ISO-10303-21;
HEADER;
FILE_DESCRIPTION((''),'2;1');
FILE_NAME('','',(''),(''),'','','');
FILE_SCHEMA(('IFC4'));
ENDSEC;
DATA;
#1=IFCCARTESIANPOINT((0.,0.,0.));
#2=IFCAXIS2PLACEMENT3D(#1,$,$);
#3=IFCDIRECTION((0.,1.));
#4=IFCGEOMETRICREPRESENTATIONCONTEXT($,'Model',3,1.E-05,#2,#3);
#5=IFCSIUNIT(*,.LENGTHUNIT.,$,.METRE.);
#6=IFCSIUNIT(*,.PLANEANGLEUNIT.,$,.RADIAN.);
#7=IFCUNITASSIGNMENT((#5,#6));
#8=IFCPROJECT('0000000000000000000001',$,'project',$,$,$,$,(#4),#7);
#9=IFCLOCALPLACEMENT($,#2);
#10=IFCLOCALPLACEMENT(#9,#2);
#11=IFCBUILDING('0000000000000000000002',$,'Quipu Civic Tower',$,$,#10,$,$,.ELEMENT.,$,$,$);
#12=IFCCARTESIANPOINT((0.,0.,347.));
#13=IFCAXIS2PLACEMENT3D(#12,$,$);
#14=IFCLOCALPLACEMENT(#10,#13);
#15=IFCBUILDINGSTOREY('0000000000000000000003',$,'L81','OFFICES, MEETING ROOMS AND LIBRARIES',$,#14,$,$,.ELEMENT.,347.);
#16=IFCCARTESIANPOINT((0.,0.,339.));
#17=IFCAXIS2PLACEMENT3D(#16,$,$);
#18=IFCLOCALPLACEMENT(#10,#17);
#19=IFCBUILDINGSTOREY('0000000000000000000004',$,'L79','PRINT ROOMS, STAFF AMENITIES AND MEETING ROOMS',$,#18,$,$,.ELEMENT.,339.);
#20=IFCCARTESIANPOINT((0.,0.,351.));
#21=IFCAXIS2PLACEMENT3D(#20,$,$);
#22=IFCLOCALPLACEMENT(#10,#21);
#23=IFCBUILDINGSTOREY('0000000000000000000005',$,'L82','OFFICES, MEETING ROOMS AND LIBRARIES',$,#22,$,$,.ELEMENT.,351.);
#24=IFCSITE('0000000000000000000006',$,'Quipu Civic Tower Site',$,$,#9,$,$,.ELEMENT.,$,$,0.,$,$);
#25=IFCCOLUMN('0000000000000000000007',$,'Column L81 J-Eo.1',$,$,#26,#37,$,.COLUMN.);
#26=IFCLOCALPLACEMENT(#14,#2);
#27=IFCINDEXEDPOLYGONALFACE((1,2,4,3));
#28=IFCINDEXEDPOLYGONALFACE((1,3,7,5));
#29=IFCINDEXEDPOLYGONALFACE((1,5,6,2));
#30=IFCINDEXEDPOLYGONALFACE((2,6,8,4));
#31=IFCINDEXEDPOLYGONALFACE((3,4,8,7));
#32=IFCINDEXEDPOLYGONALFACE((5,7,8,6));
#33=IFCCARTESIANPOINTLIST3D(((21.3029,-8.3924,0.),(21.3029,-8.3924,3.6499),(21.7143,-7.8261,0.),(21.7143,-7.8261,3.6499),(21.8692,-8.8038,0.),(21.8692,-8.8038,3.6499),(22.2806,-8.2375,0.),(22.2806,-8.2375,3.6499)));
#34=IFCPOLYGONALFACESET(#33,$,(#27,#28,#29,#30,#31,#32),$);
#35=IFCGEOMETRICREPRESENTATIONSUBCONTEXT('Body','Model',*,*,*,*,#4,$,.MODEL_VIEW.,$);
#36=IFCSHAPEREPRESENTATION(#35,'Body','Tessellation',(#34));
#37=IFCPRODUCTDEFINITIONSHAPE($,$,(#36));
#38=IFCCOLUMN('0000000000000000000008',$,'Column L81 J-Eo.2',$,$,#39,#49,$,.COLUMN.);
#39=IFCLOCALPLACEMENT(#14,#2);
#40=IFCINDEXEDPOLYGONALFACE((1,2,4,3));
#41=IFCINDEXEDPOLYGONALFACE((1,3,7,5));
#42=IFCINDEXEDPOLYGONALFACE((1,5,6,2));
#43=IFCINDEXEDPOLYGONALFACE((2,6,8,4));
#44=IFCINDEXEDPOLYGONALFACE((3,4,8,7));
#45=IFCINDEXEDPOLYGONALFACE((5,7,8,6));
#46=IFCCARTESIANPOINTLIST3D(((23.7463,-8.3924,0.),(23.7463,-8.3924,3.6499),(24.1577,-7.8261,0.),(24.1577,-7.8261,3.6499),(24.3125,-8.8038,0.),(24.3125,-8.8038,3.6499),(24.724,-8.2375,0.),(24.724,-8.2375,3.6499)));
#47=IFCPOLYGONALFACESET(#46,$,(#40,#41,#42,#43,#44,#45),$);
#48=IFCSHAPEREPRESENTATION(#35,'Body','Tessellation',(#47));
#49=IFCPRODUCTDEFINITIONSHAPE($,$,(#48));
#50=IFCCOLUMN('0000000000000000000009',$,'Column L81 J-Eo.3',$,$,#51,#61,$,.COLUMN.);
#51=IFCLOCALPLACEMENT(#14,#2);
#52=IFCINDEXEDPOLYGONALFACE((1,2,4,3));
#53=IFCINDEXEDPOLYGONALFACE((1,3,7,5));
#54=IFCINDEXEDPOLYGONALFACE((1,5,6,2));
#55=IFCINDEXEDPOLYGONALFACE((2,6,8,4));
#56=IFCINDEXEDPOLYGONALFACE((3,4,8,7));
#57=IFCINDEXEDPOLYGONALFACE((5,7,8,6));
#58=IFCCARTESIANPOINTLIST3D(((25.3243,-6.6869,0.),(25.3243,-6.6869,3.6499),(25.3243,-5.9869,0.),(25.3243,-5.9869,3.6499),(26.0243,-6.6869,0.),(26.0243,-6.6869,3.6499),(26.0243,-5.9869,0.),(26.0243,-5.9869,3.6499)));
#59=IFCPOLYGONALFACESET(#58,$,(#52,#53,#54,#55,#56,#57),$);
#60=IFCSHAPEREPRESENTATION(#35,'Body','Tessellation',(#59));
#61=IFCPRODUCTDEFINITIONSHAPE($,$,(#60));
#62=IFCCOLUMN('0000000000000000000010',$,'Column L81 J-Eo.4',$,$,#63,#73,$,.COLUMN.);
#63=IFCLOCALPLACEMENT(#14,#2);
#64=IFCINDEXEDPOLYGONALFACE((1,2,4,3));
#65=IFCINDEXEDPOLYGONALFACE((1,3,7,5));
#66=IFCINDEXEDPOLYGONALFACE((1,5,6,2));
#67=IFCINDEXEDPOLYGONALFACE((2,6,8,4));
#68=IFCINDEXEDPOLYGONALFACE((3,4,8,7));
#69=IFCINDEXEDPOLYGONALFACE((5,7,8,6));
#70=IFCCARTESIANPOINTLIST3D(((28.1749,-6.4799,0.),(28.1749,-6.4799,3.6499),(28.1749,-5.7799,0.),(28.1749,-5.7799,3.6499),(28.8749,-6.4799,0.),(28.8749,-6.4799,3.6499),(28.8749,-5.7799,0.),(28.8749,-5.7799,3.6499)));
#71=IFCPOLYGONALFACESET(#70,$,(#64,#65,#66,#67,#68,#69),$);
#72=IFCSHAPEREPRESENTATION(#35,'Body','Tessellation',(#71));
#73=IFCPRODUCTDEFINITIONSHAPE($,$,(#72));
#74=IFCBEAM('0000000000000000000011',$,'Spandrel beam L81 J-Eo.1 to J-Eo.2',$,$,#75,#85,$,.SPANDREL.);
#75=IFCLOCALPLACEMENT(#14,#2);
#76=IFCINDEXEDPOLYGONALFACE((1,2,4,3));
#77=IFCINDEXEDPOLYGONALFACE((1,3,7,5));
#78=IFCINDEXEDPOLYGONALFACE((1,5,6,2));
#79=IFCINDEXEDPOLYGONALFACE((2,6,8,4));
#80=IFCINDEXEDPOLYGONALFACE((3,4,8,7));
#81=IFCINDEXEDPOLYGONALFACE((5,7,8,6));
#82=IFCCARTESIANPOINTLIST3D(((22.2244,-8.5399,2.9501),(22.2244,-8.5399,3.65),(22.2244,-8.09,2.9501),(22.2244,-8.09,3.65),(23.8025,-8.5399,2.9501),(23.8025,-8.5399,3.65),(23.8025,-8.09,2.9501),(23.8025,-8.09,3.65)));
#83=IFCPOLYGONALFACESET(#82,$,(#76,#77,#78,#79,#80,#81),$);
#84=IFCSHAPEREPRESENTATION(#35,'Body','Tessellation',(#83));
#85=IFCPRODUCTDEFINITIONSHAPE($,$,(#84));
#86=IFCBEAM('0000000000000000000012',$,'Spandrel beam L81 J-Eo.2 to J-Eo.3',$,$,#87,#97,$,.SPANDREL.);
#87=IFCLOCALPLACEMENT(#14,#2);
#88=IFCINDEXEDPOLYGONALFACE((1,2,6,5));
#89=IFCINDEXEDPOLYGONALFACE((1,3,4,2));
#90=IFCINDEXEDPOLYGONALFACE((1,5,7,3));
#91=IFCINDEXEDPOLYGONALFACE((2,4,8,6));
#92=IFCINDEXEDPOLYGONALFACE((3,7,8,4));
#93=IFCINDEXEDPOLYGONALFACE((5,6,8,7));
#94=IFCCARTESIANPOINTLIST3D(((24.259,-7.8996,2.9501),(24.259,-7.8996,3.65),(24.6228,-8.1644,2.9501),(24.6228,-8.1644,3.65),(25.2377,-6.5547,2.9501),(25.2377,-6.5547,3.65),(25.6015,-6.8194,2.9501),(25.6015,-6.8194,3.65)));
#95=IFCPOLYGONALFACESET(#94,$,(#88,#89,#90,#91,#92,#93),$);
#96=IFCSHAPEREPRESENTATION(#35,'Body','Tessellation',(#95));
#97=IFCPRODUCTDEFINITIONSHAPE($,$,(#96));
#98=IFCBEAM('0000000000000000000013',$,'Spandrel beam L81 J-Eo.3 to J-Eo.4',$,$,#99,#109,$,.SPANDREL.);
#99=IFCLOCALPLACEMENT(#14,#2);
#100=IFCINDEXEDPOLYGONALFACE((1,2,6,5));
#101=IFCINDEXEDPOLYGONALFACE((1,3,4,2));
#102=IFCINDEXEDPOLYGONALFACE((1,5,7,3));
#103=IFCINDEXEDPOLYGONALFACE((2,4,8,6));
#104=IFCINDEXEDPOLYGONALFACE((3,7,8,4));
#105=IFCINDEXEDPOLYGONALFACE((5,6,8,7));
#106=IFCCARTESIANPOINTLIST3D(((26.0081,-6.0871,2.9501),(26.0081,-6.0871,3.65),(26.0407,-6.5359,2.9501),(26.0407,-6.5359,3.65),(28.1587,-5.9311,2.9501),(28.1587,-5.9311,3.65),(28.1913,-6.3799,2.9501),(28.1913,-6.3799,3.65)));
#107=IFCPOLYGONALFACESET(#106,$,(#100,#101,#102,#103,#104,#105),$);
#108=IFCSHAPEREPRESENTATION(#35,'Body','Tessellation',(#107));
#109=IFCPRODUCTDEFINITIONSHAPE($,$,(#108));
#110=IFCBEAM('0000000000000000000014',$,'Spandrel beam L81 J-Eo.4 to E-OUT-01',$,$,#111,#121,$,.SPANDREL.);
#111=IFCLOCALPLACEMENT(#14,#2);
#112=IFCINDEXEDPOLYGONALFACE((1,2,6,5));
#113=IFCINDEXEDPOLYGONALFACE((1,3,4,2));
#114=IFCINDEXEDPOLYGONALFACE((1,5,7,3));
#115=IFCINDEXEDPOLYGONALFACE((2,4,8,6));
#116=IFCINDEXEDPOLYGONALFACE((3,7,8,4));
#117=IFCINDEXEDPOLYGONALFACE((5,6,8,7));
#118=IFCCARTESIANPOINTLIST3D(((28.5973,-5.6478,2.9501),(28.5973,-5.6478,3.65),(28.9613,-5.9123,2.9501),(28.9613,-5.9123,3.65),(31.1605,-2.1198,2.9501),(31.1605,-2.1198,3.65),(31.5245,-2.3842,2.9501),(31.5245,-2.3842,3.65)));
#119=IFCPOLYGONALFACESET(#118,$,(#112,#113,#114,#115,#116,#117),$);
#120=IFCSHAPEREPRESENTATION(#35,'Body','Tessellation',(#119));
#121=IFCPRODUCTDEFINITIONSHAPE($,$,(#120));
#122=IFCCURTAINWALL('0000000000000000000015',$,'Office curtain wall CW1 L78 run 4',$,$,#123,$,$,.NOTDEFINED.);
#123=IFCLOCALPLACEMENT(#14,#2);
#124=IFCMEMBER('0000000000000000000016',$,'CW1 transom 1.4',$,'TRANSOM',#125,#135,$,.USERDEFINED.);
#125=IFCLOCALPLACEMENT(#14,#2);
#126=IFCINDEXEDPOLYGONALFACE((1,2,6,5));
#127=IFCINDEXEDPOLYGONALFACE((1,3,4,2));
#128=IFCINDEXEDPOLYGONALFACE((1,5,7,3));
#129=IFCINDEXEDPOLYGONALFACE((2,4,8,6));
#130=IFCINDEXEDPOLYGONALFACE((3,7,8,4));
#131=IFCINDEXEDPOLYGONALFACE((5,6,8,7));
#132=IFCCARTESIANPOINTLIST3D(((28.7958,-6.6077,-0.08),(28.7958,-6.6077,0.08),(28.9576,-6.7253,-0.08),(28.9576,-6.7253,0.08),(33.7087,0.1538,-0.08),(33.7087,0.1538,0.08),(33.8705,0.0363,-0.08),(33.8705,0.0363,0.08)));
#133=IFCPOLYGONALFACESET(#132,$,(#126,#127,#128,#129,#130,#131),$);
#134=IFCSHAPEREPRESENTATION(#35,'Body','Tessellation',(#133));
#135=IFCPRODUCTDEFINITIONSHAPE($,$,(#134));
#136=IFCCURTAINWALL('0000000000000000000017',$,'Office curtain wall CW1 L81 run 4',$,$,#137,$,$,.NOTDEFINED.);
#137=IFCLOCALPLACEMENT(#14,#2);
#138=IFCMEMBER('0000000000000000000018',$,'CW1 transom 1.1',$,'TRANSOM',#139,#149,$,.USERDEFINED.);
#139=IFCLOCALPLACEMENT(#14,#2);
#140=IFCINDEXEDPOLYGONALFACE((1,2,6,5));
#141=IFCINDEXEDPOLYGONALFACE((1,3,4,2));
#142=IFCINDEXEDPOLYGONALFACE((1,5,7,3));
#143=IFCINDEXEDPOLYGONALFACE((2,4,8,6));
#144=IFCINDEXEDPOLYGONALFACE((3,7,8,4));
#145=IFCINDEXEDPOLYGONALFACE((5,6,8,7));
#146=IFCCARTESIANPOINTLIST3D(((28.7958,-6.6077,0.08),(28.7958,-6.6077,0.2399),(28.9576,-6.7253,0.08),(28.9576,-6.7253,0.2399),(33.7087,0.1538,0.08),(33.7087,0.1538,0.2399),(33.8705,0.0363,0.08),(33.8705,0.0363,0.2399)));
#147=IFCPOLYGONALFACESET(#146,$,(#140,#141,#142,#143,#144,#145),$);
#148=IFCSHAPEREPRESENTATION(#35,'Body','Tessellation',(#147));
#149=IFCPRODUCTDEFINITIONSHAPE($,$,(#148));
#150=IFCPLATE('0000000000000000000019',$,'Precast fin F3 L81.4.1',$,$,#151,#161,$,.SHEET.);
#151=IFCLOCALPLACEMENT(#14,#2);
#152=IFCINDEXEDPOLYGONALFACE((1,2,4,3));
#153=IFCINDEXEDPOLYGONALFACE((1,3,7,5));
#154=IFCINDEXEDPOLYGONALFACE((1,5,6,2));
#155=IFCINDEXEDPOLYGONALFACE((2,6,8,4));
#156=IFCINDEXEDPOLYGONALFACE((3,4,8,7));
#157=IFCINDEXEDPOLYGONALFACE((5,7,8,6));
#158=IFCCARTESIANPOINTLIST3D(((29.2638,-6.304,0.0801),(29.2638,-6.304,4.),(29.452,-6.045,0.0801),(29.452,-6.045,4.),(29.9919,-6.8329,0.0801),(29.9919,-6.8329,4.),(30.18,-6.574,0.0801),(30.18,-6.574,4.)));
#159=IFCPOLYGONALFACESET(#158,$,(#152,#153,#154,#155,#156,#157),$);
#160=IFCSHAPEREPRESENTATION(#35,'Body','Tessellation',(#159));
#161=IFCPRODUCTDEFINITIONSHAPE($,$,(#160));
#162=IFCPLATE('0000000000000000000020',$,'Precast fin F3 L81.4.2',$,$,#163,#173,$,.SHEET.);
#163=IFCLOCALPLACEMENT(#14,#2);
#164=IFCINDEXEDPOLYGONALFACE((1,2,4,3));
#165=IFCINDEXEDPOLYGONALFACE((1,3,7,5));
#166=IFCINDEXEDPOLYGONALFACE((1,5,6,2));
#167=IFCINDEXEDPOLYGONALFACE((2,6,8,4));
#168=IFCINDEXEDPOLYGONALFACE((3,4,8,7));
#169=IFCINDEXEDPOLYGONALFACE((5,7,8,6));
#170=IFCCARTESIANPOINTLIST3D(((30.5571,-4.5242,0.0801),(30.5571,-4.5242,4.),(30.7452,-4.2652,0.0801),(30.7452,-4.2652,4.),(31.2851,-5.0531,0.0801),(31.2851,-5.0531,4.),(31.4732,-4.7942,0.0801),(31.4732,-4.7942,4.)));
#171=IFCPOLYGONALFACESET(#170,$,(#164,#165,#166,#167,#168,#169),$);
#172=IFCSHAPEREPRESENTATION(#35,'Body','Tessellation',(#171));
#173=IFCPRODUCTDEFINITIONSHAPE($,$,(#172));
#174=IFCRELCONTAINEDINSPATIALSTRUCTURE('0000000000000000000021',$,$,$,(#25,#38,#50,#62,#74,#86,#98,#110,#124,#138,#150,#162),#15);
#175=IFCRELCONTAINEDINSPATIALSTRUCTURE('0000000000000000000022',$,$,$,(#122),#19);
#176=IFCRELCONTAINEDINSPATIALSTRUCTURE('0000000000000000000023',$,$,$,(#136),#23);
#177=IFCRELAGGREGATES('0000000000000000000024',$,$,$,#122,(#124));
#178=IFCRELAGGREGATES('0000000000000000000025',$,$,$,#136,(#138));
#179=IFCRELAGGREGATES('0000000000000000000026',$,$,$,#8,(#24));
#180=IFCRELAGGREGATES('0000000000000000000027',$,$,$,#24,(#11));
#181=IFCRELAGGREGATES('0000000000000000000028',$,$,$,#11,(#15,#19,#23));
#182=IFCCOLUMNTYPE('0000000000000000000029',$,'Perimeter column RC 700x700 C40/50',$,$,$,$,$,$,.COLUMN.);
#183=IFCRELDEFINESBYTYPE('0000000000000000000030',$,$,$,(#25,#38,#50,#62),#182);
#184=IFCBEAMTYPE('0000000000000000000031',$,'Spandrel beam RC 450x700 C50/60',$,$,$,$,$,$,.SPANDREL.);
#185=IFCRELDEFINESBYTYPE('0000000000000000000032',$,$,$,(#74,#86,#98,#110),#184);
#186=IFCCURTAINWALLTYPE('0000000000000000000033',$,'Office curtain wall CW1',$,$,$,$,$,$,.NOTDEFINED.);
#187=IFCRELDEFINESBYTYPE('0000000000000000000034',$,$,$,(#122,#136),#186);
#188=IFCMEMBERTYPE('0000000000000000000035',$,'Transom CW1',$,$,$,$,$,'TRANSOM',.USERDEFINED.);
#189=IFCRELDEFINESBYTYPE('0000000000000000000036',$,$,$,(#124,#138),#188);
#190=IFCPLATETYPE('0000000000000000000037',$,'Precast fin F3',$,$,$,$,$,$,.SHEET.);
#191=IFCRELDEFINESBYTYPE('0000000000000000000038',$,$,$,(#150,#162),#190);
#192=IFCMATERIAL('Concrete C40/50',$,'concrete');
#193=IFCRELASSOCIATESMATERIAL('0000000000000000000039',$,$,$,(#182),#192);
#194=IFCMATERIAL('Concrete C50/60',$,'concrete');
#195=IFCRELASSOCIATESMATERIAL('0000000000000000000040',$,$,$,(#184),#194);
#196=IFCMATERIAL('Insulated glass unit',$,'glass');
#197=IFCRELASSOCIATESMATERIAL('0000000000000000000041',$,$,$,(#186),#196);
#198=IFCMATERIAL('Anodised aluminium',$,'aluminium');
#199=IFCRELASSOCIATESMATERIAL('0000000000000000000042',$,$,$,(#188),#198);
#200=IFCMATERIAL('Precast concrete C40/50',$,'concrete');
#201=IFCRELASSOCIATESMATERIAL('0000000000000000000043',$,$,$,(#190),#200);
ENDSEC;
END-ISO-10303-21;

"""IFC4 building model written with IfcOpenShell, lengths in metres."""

from ifc_helpers import new_model, si_unit, direction, frame, origin, origin_2d, place, context, subcontext, project, spatial, rectangle, extrude, material, material_profile, profile_set, type_object, element, aggregate, save


model = new_model("IFC4")

# Units and contexts
model_context = context("Model", 3, precision=1e-05, world=origin(), true_north=direction((0.0, 1.0)))
body_context = subcontext(model_context, "Body", "Model", "MODEL_VIEW")
ifc_project = project(units=[si_unit("LENGTHUNIT", "METRE"), si_unit("PLANEANGLEUNIT", "RADIAN")], contexts=[model_context])

# Site, building, storey
site_placement = place(None, origin())
site = spatial("IfcSite", under=ifc_project, at=site_placement, Name="Quipu Civic Tower Site", CompositionType="ELEMENT", RefElevation=0.0)
building_placement = place(site_placement, origin())
building = spatial("IfcBuilding", under=site, at=building_placement, Name="Quipu Civic Tower", CompositionType="ELEMENT")
storey_1_placement = place(building_placement, frame((0.0, 0.0, 347.0)))
storey_1 = spatial("IfcBuildingStorey", under=building, at=storey_1_placement, Name="L81", Description="OFFICES, MEETING ROOMS AND LIBRARIES", CompositionType="ELEMENT", Elevation=347.0)

# Columns
ifc_material_1 = material(Name="Concrete C40/50", Category="concrete")
ifc_material_profile_1 = material_profile(ifc_material_1, rectangle(XDim=0.7, YDim=0.7, at=origin_2d()), Name="RC700x700")
ifc_profile_set_1 = profile_set([ifc_material_profile_1], Name="Concrete C40/50")
column_type = type_object("IfcColumnType", Name="Perimeter column RC 700x700 C40/50", PredefinedType="COLUMN", material=ifc_profile_set_1)
for number, where, z_axis, x_axis, name in (
    (1, (21.7917, -8.3149, 0.0), (0.0, 0.0, 1.0), (0.587785, 0.809017, 0.0), "Column L81 J-Eo.1"),
    (2, (24.2351, -8.3149, 0.0), (0.0, 0.0, 1.0), (0.587785, 0.809017, 0.0), "Column L81 J-Eo.2"),
    (3, (25.6743, -6.3369, 0.0), (0.0, 0.0, 1.0), (1.0, 0.0, 0.0), "Column L81 J-Eo.3"),
    (4, (28.5249, -6.1299, 0.0), (0.0, 0.0, 1.0), (1.0, 0.0, 0.0), "Column L81 J-Eo.4"),
):
    element("IfcColumn", number, at=place(storey_1_placement, frame(where, z_axis=z_axis, x_axis=x_axis)), inside=storey_1, type_object=column_type, Name=name, PredefinedType="COLUMN", context=body_context, shape_type="SweptSolid", body=[
        extrude(rectangle(XDim=0.7, YDim=0.7, at=origin_2d()), origin(), (0.0, 0.0, 1.0), 3.6499),
    ])

# Beams
ifc_material_2 = material(Name="Concrete C50/60", Category="concrete")
ifc_material_profile_2 = material_profile(ifc_material_2, rectangle(XDim=0.45, YDim=0.7, at=origin_2d()), Name="RC450x700")
ifc_profile_set_2 = profile_set([ifc_material_profile_2], Name="Concrete C50/60")
beam_type = type_object("IfcBeamType", Name="Spandrel beam RC 450x700 C50/60", PredefinedType="SPANDREL", material=ifc_profile_set_2)
beam_1_placement = place(storey_1_placement, frame((22.2244, -8.3149, 3.3), z_axis=(1.0, 0.0, 0.0), x_axis=(0.0, 1.0, 0.0)))
element("IfcBeam", 5, at=beam_1_placement, inside=storey_1, type_object=beam_type, Name="Spandrel beam L81 J-Eo.1 to J-Eo.2", PredefinedType="SPANDREL", context=body_context, shape_type="SweptSolid", body=[
    extrude(rectangle(XDim=0.45, YDim=0.7, at=origin_2d()), origin(), (0.0, 0.0, 1.0), 1.5781),
])
beam_2_placement = place(storey_1_placement, frame((24.4409, -8.032, 3.3), z_axis=(0.588407, 0.808565, 0.0), x_axis=(-0.808565, 0.588407, 0.0)))
element("IfcBeam", 6, at=beam_2_placement, inside=storey_1, type_object=beam_type, Name="Spandrel beam L81 J-Eo.2 to J-Eo.3", PredefinedType="SPANDREL", context=body_context, shape_type="SweptSolid", body=[
    extrude(rectangle(XDim=0.45, YDim=0.7, at=origin_2d()), origin(), (0.0, 0.0, 1.0), 1.6633),
])
beam_3_placement = place(storey_1_placement, frame((26.0244, -6.3115, 3.3), z_axis=(0.997379, 0.072349, 0.0), x_axis=(-0.072349, 0.997379, 0.0)))
element("IfcBeam", 7, at=beam_3_placement, inside=storey_1, type_object=beam_type, Name="Spandrel beam L81 J-Eo.3 to J-Eo.4", PredefinedType="SPANDREL", context=body_context, shape_type="SweptSolid", body=[
    extrude(rectangle(XDim=0.45, YDim=0.7, at=origin_2d()), origin(), (0.0, 0.0, 1.0), 2.1562),
])
beam_4_placement = place(storey_1_placement, frame((28.7793, -5.78, 3.3), z_axis=(0.587776, 0.809024, 0.0), x_axis=(-0.809024, 0.587776, 0.0)))
element("IfcBeam", 8, at=beam_4_placement, inside=storey_1, type_object=beam_type, Name="Spandrel beam L81 J-Eo.4 to E-OUT-01", PredefinedType="SPANDREL", context=body_context, shape_type="SweptSolid", body=[
    extrude(rectangle(XDim=0.45, YDim=0.7, at=origin_2d()), origin(), (0.0, 0.0, 1.0), 4.3608),
])

# Shared definitions
storey_2_placement = place(building_placement, frame((0.0, 0.0, 339.0)))
storey_2 = spatial("IfcBuildingStorey", under=building, at=storey_2_placement, Name="L79", Description="PRINT ROOMS, STAFF AMENITIES AND MEETING ROOMS", CompositionType="ELEMENT", Elevation=339.0)

# Curtain wall, member
ifc_material_3 = material(Name="Insulated glass unit", Category="glass")
curtain_wall_type = type_object("IfcCurtainWallType", Name="Office curtain wall CW1", PredefinedType="NOTDEFINED", material=ifc_material_3)
curtain_wall_1_placement = place(storey_2_placement, origin())
curtain_wall_1 = element("IfcCurtainWall", 9, at=curtain_wall_1_placement, inside=storey_2, type_object=curtain_wall_type, Name="Office curtain wall CW1 L78 run 4", PredefinedType="NOTDEFINED")
ifc_material_4 = material(Name="Anodised aluminium", Category="aluminium")
ifc_material_profile_3 = material_profile(ifc_material_4, rectangle(XDim=0.2, YDim=0.1599, at=origin_2d()), Name="RECT 200x160")
ifc_profile_set_3 = profile_set([ifc_material_profile_3], Name="Anodised aluminium")
member_type = type_object("IfcMemberType", Name="Transom CW1", ElementType="TRANSOM", PredefinedType="USERDEFINED", material=ifc_profile_set_3)
member_1_placement = place(storey_1_placement, frame((28.8767, -6.6665, 0.0), z_axis=(0.587812, 0.808997, 0.0), x_axis=(-0.808997, 0.587812, 0.0)))
member_1 = element("IfcMember", 10, at=member_1_placement, inside=storey_1, type_object=member_type, Name="CW1 transom 1.4", ObjectType="TRANSOM", PredefinedType="USERDEFINED", context=body_context, shape_type="SweptSolid", body=[
    extrude(rectangle(XDim=0.2, YDim=0.1599, at=origin_2d()), origin(), (0.0, 0.0, 1.0), 8.3579),
])
aggregate(curtain_wall_1, [member_1])

# Shared definitions
storey_3_placement = place(building_placement, frame((0.0, 0.0, 351.0)))
storey_3 = spatial("IfcBuildingStorey", under=building, at=storey_3_placement, Name="L82", Description="OFFICES, MEETING ROOMS AND LIBRARIES", CompositionType="ELEMENT", Elevation=351.0)

# Curtain wall, member
curtain_wall_2_placement = place(storey_3_placement, origin())
curtain_wall_2 = element("IfcCurtainWall", 11, at=curtain_wall_2_placement, inside=storey_3, type_object=curtain_wall_type, Name="Office curtain wall CW1 L81 run 4", PredefinedType="NOTDEFINED")
member_2_placement = place(storey_1_placement, frame((28.8767, -6.6665, 0.1599), z_axis=(0.587812, 0.808997, 0.0), x_axis=(-0.808997, 0.587812, 0.0)))
member_2 = element("IfcMember", 12, at=member_2_placement, inside=storey_1, type_object=member_type, Name="CW1 transom 1.1", ObjectType="TRANSOM", PredefinedType="USERDEFINED", context=body_context, shape_type="SweptSolid", body=[
    extrude(rectangle(XDim=0.2, YDim=0.1599, at=origin_2d()), origin(), (0.0, 0.0, 1.0), 8.3579),
])
aggregate(curtain_wall_2, [member_2])

# Plates
ifc_material_5 = material(Name="Precast concrete C40/50", Category="concrete")
plate_type = type_object("IfcPlateType", Name="Precast fin F3", PredefinedType="SHEET", material=ifc_material_5)
for number, where, z_axis, x_axis, name in (
    (13, (29.7219, -6.439, 0.0801), (0.0, 0.0, 1.0), (0.587787, 0.809016, 0.0), "Precast fin F3 L81.4.1"),
    (14, (31.0151, -4.6592, 0.0801), (0.0, 0.0, 1.0), (0.587787, 0.809016, 0.0), "Precast fin F3 L81.4.2"),
):
    element("IfcPlate", number, at=place(storey_1_placement, frame(where, z_axis=z_axis, x_axis=x_axis)), inside=storey_1, type_object=plate_type, Name=name, PredefinedType="SHEET", context=body_context, shape_type="SweptSolid", body=[
        extrude(rectangle(XDim=0.3201, YDim=0.8999, at=origin_2d()), origin(), (0.0, 0.0, 1.0), 3.9199),
    ])

save(model, "model.ifc")
